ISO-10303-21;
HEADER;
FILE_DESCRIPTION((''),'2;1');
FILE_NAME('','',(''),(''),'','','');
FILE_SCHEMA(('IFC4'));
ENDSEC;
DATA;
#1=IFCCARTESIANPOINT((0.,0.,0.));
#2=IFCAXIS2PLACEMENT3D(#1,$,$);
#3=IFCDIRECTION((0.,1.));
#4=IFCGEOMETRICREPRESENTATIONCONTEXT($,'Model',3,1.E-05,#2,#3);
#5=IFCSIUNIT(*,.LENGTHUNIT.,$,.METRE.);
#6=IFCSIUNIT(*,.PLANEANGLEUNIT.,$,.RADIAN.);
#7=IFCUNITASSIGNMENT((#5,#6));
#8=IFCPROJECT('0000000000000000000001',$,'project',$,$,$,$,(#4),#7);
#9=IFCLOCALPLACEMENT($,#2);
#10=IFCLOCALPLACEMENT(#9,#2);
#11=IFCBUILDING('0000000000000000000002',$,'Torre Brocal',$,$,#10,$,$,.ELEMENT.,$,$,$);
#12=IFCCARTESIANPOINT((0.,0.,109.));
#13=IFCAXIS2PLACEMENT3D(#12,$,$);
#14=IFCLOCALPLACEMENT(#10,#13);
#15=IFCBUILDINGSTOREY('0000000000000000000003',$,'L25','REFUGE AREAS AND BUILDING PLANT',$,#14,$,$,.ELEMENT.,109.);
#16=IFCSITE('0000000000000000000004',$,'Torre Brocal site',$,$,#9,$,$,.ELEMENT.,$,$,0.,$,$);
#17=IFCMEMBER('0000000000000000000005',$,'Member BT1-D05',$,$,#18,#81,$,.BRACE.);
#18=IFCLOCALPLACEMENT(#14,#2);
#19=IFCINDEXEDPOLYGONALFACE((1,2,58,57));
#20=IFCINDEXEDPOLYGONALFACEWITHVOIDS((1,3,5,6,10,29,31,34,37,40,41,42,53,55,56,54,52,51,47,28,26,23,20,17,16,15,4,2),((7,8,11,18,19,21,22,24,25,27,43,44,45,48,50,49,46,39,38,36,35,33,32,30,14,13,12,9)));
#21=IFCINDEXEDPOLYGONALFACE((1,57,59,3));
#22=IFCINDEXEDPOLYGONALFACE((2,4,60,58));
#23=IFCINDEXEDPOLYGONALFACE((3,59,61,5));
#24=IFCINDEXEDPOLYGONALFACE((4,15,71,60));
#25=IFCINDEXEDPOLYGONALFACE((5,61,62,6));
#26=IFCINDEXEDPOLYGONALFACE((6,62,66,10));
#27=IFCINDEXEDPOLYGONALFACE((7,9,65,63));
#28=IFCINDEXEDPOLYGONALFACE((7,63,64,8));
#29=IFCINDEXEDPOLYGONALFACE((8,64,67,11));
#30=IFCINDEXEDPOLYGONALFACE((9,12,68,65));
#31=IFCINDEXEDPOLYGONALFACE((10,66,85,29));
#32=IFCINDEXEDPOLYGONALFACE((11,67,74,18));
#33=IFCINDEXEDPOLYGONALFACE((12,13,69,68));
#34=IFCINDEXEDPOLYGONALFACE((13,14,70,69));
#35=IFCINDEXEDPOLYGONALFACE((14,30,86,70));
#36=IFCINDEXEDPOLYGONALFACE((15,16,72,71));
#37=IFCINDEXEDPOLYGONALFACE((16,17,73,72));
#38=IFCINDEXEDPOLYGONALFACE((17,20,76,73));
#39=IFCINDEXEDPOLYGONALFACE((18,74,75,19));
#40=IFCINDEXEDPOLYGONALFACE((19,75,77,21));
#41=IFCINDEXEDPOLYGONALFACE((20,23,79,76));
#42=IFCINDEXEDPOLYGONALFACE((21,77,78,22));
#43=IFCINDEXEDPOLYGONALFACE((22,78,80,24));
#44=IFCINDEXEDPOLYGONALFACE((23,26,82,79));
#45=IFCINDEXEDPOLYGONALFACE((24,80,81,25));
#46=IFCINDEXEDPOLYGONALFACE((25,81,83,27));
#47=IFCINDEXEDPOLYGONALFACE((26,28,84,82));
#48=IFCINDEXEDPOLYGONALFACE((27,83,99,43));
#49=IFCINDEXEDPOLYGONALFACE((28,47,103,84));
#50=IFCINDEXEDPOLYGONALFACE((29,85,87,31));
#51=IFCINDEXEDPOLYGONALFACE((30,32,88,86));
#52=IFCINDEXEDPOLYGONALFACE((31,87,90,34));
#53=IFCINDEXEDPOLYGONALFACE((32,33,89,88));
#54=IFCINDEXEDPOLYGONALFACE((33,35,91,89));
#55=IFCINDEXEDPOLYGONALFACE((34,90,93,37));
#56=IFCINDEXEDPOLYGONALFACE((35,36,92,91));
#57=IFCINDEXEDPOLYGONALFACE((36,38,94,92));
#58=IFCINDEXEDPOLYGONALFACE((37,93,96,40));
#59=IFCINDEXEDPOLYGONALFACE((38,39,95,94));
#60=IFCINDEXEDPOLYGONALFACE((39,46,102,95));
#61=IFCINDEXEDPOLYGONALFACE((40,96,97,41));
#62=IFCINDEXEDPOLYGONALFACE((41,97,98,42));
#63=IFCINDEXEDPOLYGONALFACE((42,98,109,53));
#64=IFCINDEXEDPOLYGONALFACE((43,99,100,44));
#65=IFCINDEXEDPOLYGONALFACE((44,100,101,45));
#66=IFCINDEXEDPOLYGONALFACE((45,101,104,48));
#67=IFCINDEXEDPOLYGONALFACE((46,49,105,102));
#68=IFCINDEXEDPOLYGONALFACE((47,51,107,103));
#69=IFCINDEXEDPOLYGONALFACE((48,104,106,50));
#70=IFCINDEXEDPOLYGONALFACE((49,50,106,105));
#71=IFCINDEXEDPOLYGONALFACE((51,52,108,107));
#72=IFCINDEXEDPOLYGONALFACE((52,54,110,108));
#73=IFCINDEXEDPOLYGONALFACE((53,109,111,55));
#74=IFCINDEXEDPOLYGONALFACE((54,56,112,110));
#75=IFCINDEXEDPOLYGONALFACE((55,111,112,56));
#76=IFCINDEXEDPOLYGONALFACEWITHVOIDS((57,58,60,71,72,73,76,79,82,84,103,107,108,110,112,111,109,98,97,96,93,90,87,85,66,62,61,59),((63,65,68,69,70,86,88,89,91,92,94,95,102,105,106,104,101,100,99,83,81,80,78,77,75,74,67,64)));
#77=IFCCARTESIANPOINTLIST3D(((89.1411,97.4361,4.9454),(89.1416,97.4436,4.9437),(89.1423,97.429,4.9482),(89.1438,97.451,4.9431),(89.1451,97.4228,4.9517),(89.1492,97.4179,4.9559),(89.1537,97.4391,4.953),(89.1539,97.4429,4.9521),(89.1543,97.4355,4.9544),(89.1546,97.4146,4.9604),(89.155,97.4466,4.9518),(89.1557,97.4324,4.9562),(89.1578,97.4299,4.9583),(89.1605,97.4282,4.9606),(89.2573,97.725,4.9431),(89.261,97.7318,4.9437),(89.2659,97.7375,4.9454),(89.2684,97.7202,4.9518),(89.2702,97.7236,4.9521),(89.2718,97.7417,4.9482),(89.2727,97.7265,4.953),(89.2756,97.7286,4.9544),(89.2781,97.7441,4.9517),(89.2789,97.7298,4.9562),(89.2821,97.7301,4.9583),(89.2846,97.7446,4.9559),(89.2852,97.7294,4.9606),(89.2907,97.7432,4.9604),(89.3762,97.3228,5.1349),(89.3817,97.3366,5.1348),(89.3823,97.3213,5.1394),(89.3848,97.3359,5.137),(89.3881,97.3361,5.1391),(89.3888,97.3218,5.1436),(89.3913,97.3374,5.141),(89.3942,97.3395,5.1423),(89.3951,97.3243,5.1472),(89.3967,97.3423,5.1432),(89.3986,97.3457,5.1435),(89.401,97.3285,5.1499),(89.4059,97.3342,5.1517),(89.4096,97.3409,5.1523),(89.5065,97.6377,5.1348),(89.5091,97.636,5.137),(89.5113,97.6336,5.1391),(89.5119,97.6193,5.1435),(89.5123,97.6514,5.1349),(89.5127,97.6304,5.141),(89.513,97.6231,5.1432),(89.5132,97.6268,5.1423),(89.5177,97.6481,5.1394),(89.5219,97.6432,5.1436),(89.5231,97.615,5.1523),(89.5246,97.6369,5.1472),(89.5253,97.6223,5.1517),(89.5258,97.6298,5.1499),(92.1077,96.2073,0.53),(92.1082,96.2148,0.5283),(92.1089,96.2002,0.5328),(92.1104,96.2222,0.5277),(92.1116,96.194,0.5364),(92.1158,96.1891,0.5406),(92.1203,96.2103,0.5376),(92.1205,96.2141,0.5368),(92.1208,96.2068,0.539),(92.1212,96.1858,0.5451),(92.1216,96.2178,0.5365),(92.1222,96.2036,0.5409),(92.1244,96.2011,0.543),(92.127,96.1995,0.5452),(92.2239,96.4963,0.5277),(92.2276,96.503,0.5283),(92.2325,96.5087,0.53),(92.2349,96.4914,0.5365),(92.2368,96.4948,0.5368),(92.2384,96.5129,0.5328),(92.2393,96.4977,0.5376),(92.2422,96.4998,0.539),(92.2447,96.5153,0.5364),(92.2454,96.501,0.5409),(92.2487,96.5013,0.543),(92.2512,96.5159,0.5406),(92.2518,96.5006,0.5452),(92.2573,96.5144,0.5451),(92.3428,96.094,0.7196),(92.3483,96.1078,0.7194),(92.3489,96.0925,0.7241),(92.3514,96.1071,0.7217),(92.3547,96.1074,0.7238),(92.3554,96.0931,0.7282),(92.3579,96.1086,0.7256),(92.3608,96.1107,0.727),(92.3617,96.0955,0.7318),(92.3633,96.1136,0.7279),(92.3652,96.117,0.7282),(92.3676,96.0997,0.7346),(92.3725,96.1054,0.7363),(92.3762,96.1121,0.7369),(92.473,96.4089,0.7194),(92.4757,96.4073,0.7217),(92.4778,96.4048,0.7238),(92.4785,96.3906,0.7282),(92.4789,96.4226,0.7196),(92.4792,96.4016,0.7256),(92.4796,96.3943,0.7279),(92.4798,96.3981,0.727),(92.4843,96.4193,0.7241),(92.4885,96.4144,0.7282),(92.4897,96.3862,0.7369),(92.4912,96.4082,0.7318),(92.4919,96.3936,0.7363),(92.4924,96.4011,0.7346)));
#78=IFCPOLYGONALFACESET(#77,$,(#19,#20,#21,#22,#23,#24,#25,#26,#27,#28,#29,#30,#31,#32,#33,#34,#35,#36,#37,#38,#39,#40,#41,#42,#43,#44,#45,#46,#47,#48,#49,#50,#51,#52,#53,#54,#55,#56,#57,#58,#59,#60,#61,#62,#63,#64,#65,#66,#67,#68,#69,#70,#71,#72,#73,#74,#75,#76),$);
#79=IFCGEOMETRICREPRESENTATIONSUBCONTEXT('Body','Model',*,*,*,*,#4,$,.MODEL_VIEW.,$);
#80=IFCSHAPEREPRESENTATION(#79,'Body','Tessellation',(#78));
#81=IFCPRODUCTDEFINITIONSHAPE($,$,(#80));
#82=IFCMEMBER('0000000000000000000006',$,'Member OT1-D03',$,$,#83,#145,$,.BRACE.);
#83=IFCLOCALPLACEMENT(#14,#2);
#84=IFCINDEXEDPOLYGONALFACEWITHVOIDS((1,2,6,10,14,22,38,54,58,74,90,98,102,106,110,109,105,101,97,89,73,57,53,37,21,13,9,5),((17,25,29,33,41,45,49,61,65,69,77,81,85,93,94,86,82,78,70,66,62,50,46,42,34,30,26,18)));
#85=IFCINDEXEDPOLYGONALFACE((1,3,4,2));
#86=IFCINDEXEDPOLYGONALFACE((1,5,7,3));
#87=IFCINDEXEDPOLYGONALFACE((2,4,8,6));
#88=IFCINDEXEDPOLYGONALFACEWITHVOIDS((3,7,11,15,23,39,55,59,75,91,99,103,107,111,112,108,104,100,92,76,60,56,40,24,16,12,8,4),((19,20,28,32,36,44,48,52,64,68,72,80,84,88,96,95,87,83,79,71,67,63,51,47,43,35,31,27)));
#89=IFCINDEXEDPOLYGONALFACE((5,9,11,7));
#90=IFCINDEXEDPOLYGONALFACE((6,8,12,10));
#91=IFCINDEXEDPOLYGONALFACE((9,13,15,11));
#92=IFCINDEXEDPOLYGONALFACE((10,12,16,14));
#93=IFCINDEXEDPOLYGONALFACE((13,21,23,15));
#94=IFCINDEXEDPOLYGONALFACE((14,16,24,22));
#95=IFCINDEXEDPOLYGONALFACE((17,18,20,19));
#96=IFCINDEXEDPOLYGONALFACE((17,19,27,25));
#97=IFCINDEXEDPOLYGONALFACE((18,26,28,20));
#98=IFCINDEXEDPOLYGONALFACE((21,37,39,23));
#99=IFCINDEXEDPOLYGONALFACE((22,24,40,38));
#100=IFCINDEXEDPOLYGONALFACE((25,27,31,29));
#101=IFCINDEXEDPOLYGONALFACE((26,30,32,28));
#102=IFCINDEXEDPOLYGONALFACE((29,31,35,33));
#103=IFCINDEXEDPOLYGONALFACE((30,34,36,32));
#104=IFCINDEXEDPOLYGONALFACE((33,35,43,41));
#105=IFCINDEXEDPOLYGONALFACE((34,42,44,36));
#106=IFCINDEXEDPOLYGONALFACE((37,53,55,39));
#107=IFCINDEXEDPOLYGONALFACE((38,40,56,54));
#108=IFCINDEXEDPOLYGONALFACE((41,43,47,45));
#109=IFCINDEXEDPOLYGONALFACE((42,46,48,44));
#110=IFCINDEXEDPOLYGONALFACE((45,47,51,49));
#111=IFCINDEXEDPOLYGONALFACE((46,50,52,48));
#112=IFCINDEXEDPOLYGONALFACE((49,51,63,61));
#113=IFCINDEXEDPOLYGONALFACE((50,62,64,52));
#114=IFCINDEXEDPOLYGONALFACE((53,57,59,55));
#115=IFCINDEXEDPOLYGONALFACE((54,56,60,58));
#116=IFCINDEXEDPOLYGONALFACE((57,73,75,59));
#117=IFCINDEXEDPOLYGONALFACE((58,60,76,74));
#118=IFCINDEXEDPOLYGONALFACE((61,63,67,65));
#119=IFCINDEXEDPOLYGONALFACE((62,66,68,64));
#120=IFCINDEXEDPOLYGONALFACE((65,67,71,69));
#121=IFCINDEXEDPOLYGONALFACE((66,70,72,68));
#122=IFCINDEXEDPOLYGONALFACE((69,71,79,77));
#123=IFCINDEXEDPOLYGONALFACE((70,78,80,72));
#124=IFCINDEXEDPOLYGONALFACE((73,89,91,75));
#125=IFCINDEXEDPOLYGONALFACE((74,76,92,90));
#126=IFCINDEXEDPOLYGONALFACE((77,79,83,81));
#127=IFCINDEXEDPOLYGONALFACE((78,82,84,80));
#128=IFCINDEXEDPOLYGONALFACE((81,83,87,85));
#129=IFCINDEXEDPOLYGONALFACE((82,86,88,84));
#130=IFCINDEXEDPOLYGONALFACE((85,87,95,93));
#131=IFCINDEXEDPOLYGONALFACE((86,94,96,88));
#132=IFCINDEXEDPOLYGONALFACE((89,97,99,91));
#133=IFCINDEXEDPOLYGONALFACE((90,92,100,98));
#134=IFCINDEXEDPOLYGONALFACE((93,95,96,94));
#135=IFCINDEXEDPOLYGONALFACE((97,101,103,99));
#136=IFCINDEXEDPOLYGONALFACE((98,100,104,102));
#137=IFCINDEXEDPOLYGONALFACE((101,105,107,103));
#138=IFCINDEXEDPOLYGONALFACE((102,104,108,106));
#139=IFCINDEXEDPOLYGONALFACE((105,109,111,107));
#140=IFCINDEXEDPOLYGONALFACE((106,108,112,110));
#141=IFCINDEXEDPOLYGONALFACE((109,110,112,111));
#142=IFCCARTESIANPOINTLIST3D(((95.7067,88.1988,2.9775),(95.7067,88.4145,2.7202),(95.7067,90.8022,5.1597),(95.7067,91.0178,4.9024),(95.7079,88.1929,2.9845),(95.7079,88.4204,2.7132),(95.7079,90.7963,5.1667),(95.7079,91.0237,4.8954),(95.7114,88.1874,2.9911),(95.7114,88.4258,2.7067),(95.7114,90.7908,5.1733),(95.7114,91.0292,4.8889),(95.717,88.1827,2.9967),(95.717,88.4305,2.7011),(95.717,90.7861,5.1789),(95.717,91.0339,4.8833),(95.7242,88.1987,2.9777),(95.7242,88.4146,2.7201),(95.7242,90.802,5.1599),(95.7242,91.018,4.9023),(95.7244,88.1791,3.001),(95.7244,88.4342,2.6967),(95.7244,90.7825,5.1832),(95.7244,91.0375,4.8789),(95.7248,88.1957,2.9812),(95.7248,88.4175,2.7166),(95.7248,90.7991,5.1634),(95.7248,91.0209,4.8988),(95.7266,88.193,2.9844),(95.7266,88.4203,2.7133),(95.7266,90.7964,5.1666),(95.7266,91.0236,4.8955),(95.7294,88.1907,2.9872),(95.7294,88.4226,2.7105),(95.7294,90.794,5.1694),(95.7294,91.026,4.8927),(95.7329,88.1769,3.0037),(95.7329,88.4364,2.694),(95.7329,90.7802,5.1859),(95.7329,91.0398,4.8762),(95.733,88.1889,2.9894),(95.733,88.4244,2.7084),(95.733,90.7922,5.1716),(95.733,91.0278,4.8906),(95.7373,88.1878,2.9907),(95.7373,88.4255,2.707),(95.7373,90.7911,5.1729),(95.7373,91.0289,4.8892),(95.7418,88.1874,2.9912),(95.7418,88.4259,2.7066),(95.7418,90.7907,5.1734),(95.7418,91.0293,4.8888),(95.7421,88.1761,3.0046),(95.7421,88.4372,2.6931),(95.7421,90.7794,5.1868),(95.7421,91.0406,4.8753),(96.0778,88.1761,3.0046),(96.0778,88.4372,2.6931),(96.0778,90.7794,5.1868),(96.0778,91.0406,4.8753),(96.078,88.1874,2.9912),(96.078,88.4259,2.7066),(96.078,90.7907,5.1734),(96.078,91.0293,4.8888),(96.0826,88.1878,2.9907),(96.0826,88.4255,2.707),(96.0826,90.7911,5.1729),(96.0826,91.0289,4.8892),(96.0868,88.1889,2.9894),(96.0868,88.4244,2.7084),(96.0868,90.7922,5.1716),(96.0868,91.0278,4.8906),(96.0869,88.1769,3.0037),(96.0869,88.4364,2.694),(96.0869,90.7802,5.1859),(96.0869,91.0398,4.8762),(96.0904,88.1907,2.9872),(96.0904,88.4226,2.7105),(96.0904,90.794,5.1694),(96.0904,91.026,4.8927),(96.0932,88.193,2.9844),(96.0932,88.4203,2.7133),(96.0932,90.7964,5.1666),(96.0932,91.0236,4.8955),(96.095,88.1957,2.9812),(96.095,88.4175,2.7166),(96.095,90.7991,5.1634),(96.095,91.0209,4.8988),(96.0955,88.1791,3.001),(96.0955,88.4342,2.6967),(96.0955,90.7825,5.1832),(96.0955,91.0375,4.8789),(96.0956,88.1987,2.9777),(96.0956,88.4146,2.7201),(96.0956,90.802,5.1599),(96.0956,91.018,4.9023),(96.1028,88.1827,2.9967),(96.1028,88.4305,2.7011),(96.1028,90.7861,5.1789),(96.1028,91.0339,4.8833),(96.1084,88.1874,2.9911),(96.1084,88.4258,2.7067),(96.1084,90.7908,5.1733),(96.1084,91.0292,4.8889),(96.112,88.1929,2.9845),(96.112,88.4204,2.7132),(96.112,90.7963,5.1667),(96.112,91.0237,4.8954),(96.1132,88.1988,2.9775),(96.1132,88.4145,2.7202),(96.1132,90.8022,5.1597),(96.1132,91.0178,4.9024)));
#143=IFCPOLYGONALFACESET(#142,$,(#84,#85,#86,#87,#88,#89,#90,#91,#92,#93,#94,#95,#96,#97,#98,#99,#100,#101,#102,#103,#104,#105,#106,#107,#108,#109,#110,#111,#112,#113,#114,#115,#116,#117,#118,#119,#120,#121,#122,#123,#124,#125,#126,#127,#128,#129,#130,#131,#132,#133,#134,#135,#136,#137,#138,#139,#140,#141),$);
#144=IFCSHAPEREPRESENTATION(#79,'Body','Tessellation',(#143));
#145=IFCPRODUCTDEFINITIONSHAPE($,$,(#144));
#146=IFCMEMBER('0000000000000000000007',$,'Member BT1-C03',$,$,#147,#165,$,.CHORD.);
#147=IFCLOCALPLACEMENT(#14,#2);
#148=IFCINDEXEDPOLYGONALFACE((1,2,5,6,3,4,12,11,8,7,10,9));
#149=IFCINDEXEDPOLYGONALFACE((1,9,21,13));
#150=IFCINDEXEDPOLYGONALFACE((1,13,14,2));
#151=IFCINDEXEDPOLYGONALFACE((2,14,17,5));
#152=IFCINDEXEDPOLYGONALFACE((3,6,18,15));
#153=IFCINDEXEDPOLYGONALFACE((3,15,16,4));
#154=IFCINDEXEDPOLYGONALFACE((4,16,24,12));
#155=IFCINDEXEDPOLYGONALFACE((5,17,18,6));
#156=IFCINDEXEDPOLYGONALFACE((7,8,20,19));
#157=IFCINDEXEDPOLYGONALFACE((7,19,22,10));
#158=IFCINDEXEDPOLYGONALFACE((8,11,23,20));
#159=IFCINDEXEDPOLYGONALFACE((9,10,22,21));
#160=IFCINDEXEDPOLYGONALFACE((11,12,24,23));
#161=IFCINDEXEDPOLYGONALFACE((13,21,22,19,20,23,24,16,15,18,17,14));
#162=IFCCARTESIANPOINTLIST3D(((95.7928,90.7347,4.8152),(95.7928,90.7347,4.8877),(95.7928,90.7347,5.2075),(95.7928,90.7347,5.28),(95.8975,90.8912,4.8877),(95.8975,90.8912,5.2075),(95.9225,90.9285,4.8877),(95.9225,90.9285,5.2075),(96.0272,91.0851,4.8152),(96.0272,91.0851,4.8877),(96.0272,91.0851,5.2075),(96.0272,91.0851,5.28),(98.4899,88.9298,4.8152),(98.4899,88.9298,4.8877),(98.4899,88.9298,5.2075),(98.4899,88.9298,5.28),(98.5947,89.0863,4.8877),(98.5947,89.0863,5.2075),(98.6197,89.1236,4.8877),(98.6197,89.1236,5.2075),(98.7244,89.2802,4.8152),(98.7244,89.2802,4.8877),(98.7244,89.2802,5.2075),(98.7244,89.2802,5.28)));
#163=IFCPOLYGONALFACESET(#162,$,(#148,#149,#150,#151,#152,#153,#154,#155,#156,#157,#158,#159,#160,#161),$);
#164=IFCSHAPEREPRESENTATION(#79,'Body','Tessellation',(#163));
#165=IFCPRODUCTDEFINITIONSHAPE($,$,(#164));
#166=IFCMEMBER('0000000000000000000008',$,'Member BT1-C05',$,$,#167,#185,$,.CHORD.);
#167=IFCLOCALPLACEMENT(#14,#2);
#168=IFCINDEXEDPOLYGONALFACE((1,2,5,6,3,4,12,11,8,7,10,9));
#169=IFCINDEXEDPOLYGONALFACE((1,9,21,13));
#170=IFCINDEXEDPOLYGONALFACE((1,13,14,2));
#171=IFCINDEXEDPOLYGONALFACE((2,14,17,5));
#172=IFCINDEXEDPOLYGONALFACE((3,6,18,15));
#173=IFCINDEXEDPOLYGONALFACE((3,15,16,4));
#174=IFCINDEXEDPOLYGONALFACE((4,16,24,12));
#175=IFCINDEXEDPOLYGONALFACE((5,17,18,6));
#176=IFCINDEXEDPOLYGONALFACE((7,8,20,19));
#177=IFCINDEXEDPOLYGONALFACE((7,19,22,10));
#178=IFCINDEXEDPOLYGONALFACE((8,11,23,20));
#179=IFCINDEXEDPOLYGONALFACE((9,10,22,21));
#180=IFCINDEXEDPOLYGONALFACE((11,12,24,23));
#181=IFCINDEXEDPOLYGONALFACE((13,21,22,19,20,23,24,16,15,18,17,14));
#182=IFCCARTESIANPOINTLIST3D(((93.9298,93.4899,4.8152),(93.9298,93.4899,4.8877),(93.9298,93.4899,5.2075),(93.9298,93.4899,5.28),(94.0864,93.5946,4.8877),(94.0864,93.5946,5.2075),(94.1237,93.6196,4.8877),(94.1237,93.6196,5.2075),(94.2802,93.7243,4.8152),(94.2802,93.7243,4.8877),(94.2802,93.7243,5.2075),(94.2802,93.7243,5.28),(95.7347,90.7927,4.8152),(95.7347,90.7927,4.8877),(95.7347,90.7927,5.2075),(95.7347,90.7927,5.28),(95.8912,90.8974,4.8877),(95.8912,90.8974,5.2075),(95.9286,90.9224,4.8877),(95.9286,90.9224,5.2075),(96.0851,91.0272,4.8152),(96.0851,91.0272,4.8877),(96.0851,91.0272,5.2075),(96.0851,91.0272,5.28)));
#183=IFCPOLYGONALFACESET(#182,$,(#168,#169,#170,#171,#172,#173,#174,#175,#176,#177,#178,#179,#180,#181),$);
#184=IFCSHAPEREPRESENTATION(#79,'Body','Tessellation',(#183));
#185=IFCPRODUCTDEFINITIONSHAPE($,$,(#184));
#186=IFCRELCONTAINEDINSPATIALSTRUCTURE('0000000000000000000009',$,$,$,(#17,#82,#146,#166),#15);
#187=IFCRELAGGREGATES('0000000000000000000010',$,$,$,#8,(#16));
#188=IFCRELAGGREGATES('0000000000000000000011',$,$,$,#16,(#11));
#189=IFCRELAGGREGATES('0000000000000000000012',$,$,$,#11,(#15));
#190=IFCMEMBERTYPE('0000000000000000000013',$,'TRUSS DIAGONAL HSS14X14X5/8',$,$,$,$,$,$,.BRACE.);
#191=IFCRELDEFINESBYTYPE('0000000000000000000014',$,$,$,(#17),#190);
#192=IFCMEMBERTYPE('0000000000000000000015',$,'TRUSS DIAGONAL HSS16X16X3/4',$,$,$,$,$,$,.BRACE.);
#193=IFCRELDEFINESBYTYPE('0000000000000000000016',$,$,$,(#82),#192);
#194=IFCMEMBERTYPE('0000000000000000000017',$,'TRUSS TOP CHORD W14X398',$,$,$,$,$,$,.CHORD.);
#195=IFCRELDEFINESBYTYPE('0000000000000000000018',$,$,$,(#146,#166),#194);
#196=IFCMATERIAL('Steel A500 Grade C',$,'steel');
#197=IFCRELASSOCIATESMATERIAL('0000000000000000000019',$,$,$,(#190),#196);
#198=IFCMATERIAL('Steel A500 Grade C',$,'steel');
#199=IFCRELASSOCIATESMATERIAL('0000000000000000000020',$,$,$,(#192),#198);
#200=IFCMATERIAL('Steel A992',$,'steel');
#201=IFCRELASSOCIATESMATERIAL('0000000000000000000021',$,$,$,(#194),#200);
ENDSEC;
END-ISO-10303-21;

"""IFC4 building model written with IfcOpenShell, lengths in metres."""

from ifc_helpers import new_model, si_unit, direction, frame, origin, origin_2d, place, context, subcontext, project, spatial, hollow_rectangle, i_section, extrude, material, material_profile, profile_set, type_object, element, save


model = new_model("IFC4")

# Units and contexts
model_context = context("Model", 3, precision=1e-05, world=origin(), true_north=direction((0.0, 1.0)))
body_context = subcontext(model_context, "Body", "Model", "MODEL_VIEW")
ifc_project = project(units=[si_unit("LENGTHUNIT", "METRE"), si_unit("PLANEANGLEUNIT", "RADIAN")], contexts=[model_context])

# Site, building, storey
site_placement = place(None, origin())
site = spatial("IfcSite", under=ifc_project, at=site_placement, Name="Torre Brocal site", CompositionType="ELEMENT", RefElevation=0.0)
building_placement = place(site_placement, origin())
building = spatial("IfcBuilding", under=site, at=building_placement, Name="Torre Brocal", CompositionType="ELEMENT")
storey_placement = place(building_placement, frame((0.0, 0.0, 109.0)))
storey = spatial("IfcBuildingStorey", under=building, at=storey_placement, Name="L25", Description="REFUGE AREAS AND BUILDING PLANT", CompositionType="ELEMENT", Elevation=109.0)

# Members
ifc_material_1 = material(Name="Steel A500 Grade C", Category="steel")
ifc_material_profile_1 = material_profile(ifc_material_1, hollow_rectangle(XDim=0.3557, YDim=0.3557, WallThickness=0.0149, InnerFilletRadius=0.0149, OuterFilletRadius=0.0295, at=origin_2d()), Name="HSS14X14X5/8")
ifc_profile_set_1 = profile_set([ifc_material_profile_1], Name="Steel A500 Grade C")
member_type_1 = type_object("IfcMemberType", Name="TRUSS DIAGONAL HSS14X14X5/8", PredefinedType="BRACE", material=ifc_profile_set_1)
member_1_placement = place(storey_placement, frame((92.3, 96.3042, 0.6323), z_axis=(-0.543385, 0.225072, 0.808749), x_axis=(-0.382676, -0.923882, 0.0)))
element("IfcMember", 1, at=member_1_placement, inside=storey, type_object=member_type_1, Name="Member BT1-D05", PredefinedType="BRACE", context=body_context, shape_type="SweptSolid", body=[
    extrude(hollow_rectangle(XDim=0.3557, YDim=0.3557, WallThickness=0.0149, InnerFilletRadius=0.0149, OuterFilletRadius=0.0295, at=origin_2d()), origin(), (0.0, 0.0, 1.0), 5.4595),
])
ifc_material_2 = material(Name="Steel A500 Grade C", Category="steel")
ifc_material_profile_2 = material_profile(ifc_material_2, hollow_rectangle(XDim=0.4065, YDim=0.4065, WallThickness=0.0176, InnerFilletRadius=0.0176, OuterFilletRadius=0.0354, at=origin_2d()), Name="HSS16X16X3/4")
ifc_profile_set_2 = profile_set([ifc_material_profile_2], Name="Steel A500 Grade C")
member_type_2 = type_object("IfcMemberType", Name="TRUSS DIAGONAL HSS16X16X3/4", PredefinedType="BRACE", material=ifc_profile_set_2)
member_2_placement = place(storey_placement, frame((95.9099, 88.3066, 2.8489), z_axis=(0.0, 0.766374, 0.642394), x_axis=(-1.0, 0.0, 0.0)))
element("IfcMember", 2, at=member_2_placement, inside=storey, type_object=member_type_2, Name="Member OT1-D03", PredefinedType="BRACE", context=body_context, shape_type="SweptSolid", body=[
    extrude(hollow_rectangle(XDim=0.4065, YDim=0.4065, WallThickness=0.0176, InnerFilletRadius=0.0176, OuterFilletRadius=0.0354, at=origin_2d()), origin(), (0.0, 0.0, 1.0), 3.397),
])
ifc_material_3 = material(Name="Steel A992", Category="steel")
ifc_material_profile_3 = material_profile(ifc_material_3, i_section(OverallWidth=0.4216, OverallDepth=0.4648, WebThickness=0.0449, FlangeThickness=0.0725, at=origin_2d()), Name="W14X398")
ifc_profile_set_3 = profile_set([ifc_material_profile_3], Name="Steel A992")
member_type_3 = type_object("IfcMemberType", Name="TRUSS TOP CHORD W14X398", PredefinedType="CHORD", material=ifc_profile_set_3)
for number, where, z_axis, x_axis, name in (
    (3, (98.6072, 89.105, 5.0476), (-0.831088, 0.55614, 0.0), (-0.55614, -0.831088, 0.0), "Member BT1-C03"),
    (4, (95.9099, 90.9099, 5.0476), (-0.55614, 0.831088, 0.0), (-0.831088, -0.55614, 0.0), "Member BT1-C05"),
):
    element("IfcMember", number, at=place(storey_placement, frame(where, z_axis=z_axis, x_axis=x_axis)), inside=storey, type_object=member_type_3, Name=name, PredefinedType="CHORD", context=body_context, shape_type="SweptSolid", body=[
        extrude(i_section(OverallWidth=0.4216, OverallDepth=0.4648, WebThickness=0.0449, FlangeThickness=0.0725, at=origin_2d()), origin(), (0.0, 0.0, 1.0), 3.2454),
    ])

save(model, "model.ifc")
